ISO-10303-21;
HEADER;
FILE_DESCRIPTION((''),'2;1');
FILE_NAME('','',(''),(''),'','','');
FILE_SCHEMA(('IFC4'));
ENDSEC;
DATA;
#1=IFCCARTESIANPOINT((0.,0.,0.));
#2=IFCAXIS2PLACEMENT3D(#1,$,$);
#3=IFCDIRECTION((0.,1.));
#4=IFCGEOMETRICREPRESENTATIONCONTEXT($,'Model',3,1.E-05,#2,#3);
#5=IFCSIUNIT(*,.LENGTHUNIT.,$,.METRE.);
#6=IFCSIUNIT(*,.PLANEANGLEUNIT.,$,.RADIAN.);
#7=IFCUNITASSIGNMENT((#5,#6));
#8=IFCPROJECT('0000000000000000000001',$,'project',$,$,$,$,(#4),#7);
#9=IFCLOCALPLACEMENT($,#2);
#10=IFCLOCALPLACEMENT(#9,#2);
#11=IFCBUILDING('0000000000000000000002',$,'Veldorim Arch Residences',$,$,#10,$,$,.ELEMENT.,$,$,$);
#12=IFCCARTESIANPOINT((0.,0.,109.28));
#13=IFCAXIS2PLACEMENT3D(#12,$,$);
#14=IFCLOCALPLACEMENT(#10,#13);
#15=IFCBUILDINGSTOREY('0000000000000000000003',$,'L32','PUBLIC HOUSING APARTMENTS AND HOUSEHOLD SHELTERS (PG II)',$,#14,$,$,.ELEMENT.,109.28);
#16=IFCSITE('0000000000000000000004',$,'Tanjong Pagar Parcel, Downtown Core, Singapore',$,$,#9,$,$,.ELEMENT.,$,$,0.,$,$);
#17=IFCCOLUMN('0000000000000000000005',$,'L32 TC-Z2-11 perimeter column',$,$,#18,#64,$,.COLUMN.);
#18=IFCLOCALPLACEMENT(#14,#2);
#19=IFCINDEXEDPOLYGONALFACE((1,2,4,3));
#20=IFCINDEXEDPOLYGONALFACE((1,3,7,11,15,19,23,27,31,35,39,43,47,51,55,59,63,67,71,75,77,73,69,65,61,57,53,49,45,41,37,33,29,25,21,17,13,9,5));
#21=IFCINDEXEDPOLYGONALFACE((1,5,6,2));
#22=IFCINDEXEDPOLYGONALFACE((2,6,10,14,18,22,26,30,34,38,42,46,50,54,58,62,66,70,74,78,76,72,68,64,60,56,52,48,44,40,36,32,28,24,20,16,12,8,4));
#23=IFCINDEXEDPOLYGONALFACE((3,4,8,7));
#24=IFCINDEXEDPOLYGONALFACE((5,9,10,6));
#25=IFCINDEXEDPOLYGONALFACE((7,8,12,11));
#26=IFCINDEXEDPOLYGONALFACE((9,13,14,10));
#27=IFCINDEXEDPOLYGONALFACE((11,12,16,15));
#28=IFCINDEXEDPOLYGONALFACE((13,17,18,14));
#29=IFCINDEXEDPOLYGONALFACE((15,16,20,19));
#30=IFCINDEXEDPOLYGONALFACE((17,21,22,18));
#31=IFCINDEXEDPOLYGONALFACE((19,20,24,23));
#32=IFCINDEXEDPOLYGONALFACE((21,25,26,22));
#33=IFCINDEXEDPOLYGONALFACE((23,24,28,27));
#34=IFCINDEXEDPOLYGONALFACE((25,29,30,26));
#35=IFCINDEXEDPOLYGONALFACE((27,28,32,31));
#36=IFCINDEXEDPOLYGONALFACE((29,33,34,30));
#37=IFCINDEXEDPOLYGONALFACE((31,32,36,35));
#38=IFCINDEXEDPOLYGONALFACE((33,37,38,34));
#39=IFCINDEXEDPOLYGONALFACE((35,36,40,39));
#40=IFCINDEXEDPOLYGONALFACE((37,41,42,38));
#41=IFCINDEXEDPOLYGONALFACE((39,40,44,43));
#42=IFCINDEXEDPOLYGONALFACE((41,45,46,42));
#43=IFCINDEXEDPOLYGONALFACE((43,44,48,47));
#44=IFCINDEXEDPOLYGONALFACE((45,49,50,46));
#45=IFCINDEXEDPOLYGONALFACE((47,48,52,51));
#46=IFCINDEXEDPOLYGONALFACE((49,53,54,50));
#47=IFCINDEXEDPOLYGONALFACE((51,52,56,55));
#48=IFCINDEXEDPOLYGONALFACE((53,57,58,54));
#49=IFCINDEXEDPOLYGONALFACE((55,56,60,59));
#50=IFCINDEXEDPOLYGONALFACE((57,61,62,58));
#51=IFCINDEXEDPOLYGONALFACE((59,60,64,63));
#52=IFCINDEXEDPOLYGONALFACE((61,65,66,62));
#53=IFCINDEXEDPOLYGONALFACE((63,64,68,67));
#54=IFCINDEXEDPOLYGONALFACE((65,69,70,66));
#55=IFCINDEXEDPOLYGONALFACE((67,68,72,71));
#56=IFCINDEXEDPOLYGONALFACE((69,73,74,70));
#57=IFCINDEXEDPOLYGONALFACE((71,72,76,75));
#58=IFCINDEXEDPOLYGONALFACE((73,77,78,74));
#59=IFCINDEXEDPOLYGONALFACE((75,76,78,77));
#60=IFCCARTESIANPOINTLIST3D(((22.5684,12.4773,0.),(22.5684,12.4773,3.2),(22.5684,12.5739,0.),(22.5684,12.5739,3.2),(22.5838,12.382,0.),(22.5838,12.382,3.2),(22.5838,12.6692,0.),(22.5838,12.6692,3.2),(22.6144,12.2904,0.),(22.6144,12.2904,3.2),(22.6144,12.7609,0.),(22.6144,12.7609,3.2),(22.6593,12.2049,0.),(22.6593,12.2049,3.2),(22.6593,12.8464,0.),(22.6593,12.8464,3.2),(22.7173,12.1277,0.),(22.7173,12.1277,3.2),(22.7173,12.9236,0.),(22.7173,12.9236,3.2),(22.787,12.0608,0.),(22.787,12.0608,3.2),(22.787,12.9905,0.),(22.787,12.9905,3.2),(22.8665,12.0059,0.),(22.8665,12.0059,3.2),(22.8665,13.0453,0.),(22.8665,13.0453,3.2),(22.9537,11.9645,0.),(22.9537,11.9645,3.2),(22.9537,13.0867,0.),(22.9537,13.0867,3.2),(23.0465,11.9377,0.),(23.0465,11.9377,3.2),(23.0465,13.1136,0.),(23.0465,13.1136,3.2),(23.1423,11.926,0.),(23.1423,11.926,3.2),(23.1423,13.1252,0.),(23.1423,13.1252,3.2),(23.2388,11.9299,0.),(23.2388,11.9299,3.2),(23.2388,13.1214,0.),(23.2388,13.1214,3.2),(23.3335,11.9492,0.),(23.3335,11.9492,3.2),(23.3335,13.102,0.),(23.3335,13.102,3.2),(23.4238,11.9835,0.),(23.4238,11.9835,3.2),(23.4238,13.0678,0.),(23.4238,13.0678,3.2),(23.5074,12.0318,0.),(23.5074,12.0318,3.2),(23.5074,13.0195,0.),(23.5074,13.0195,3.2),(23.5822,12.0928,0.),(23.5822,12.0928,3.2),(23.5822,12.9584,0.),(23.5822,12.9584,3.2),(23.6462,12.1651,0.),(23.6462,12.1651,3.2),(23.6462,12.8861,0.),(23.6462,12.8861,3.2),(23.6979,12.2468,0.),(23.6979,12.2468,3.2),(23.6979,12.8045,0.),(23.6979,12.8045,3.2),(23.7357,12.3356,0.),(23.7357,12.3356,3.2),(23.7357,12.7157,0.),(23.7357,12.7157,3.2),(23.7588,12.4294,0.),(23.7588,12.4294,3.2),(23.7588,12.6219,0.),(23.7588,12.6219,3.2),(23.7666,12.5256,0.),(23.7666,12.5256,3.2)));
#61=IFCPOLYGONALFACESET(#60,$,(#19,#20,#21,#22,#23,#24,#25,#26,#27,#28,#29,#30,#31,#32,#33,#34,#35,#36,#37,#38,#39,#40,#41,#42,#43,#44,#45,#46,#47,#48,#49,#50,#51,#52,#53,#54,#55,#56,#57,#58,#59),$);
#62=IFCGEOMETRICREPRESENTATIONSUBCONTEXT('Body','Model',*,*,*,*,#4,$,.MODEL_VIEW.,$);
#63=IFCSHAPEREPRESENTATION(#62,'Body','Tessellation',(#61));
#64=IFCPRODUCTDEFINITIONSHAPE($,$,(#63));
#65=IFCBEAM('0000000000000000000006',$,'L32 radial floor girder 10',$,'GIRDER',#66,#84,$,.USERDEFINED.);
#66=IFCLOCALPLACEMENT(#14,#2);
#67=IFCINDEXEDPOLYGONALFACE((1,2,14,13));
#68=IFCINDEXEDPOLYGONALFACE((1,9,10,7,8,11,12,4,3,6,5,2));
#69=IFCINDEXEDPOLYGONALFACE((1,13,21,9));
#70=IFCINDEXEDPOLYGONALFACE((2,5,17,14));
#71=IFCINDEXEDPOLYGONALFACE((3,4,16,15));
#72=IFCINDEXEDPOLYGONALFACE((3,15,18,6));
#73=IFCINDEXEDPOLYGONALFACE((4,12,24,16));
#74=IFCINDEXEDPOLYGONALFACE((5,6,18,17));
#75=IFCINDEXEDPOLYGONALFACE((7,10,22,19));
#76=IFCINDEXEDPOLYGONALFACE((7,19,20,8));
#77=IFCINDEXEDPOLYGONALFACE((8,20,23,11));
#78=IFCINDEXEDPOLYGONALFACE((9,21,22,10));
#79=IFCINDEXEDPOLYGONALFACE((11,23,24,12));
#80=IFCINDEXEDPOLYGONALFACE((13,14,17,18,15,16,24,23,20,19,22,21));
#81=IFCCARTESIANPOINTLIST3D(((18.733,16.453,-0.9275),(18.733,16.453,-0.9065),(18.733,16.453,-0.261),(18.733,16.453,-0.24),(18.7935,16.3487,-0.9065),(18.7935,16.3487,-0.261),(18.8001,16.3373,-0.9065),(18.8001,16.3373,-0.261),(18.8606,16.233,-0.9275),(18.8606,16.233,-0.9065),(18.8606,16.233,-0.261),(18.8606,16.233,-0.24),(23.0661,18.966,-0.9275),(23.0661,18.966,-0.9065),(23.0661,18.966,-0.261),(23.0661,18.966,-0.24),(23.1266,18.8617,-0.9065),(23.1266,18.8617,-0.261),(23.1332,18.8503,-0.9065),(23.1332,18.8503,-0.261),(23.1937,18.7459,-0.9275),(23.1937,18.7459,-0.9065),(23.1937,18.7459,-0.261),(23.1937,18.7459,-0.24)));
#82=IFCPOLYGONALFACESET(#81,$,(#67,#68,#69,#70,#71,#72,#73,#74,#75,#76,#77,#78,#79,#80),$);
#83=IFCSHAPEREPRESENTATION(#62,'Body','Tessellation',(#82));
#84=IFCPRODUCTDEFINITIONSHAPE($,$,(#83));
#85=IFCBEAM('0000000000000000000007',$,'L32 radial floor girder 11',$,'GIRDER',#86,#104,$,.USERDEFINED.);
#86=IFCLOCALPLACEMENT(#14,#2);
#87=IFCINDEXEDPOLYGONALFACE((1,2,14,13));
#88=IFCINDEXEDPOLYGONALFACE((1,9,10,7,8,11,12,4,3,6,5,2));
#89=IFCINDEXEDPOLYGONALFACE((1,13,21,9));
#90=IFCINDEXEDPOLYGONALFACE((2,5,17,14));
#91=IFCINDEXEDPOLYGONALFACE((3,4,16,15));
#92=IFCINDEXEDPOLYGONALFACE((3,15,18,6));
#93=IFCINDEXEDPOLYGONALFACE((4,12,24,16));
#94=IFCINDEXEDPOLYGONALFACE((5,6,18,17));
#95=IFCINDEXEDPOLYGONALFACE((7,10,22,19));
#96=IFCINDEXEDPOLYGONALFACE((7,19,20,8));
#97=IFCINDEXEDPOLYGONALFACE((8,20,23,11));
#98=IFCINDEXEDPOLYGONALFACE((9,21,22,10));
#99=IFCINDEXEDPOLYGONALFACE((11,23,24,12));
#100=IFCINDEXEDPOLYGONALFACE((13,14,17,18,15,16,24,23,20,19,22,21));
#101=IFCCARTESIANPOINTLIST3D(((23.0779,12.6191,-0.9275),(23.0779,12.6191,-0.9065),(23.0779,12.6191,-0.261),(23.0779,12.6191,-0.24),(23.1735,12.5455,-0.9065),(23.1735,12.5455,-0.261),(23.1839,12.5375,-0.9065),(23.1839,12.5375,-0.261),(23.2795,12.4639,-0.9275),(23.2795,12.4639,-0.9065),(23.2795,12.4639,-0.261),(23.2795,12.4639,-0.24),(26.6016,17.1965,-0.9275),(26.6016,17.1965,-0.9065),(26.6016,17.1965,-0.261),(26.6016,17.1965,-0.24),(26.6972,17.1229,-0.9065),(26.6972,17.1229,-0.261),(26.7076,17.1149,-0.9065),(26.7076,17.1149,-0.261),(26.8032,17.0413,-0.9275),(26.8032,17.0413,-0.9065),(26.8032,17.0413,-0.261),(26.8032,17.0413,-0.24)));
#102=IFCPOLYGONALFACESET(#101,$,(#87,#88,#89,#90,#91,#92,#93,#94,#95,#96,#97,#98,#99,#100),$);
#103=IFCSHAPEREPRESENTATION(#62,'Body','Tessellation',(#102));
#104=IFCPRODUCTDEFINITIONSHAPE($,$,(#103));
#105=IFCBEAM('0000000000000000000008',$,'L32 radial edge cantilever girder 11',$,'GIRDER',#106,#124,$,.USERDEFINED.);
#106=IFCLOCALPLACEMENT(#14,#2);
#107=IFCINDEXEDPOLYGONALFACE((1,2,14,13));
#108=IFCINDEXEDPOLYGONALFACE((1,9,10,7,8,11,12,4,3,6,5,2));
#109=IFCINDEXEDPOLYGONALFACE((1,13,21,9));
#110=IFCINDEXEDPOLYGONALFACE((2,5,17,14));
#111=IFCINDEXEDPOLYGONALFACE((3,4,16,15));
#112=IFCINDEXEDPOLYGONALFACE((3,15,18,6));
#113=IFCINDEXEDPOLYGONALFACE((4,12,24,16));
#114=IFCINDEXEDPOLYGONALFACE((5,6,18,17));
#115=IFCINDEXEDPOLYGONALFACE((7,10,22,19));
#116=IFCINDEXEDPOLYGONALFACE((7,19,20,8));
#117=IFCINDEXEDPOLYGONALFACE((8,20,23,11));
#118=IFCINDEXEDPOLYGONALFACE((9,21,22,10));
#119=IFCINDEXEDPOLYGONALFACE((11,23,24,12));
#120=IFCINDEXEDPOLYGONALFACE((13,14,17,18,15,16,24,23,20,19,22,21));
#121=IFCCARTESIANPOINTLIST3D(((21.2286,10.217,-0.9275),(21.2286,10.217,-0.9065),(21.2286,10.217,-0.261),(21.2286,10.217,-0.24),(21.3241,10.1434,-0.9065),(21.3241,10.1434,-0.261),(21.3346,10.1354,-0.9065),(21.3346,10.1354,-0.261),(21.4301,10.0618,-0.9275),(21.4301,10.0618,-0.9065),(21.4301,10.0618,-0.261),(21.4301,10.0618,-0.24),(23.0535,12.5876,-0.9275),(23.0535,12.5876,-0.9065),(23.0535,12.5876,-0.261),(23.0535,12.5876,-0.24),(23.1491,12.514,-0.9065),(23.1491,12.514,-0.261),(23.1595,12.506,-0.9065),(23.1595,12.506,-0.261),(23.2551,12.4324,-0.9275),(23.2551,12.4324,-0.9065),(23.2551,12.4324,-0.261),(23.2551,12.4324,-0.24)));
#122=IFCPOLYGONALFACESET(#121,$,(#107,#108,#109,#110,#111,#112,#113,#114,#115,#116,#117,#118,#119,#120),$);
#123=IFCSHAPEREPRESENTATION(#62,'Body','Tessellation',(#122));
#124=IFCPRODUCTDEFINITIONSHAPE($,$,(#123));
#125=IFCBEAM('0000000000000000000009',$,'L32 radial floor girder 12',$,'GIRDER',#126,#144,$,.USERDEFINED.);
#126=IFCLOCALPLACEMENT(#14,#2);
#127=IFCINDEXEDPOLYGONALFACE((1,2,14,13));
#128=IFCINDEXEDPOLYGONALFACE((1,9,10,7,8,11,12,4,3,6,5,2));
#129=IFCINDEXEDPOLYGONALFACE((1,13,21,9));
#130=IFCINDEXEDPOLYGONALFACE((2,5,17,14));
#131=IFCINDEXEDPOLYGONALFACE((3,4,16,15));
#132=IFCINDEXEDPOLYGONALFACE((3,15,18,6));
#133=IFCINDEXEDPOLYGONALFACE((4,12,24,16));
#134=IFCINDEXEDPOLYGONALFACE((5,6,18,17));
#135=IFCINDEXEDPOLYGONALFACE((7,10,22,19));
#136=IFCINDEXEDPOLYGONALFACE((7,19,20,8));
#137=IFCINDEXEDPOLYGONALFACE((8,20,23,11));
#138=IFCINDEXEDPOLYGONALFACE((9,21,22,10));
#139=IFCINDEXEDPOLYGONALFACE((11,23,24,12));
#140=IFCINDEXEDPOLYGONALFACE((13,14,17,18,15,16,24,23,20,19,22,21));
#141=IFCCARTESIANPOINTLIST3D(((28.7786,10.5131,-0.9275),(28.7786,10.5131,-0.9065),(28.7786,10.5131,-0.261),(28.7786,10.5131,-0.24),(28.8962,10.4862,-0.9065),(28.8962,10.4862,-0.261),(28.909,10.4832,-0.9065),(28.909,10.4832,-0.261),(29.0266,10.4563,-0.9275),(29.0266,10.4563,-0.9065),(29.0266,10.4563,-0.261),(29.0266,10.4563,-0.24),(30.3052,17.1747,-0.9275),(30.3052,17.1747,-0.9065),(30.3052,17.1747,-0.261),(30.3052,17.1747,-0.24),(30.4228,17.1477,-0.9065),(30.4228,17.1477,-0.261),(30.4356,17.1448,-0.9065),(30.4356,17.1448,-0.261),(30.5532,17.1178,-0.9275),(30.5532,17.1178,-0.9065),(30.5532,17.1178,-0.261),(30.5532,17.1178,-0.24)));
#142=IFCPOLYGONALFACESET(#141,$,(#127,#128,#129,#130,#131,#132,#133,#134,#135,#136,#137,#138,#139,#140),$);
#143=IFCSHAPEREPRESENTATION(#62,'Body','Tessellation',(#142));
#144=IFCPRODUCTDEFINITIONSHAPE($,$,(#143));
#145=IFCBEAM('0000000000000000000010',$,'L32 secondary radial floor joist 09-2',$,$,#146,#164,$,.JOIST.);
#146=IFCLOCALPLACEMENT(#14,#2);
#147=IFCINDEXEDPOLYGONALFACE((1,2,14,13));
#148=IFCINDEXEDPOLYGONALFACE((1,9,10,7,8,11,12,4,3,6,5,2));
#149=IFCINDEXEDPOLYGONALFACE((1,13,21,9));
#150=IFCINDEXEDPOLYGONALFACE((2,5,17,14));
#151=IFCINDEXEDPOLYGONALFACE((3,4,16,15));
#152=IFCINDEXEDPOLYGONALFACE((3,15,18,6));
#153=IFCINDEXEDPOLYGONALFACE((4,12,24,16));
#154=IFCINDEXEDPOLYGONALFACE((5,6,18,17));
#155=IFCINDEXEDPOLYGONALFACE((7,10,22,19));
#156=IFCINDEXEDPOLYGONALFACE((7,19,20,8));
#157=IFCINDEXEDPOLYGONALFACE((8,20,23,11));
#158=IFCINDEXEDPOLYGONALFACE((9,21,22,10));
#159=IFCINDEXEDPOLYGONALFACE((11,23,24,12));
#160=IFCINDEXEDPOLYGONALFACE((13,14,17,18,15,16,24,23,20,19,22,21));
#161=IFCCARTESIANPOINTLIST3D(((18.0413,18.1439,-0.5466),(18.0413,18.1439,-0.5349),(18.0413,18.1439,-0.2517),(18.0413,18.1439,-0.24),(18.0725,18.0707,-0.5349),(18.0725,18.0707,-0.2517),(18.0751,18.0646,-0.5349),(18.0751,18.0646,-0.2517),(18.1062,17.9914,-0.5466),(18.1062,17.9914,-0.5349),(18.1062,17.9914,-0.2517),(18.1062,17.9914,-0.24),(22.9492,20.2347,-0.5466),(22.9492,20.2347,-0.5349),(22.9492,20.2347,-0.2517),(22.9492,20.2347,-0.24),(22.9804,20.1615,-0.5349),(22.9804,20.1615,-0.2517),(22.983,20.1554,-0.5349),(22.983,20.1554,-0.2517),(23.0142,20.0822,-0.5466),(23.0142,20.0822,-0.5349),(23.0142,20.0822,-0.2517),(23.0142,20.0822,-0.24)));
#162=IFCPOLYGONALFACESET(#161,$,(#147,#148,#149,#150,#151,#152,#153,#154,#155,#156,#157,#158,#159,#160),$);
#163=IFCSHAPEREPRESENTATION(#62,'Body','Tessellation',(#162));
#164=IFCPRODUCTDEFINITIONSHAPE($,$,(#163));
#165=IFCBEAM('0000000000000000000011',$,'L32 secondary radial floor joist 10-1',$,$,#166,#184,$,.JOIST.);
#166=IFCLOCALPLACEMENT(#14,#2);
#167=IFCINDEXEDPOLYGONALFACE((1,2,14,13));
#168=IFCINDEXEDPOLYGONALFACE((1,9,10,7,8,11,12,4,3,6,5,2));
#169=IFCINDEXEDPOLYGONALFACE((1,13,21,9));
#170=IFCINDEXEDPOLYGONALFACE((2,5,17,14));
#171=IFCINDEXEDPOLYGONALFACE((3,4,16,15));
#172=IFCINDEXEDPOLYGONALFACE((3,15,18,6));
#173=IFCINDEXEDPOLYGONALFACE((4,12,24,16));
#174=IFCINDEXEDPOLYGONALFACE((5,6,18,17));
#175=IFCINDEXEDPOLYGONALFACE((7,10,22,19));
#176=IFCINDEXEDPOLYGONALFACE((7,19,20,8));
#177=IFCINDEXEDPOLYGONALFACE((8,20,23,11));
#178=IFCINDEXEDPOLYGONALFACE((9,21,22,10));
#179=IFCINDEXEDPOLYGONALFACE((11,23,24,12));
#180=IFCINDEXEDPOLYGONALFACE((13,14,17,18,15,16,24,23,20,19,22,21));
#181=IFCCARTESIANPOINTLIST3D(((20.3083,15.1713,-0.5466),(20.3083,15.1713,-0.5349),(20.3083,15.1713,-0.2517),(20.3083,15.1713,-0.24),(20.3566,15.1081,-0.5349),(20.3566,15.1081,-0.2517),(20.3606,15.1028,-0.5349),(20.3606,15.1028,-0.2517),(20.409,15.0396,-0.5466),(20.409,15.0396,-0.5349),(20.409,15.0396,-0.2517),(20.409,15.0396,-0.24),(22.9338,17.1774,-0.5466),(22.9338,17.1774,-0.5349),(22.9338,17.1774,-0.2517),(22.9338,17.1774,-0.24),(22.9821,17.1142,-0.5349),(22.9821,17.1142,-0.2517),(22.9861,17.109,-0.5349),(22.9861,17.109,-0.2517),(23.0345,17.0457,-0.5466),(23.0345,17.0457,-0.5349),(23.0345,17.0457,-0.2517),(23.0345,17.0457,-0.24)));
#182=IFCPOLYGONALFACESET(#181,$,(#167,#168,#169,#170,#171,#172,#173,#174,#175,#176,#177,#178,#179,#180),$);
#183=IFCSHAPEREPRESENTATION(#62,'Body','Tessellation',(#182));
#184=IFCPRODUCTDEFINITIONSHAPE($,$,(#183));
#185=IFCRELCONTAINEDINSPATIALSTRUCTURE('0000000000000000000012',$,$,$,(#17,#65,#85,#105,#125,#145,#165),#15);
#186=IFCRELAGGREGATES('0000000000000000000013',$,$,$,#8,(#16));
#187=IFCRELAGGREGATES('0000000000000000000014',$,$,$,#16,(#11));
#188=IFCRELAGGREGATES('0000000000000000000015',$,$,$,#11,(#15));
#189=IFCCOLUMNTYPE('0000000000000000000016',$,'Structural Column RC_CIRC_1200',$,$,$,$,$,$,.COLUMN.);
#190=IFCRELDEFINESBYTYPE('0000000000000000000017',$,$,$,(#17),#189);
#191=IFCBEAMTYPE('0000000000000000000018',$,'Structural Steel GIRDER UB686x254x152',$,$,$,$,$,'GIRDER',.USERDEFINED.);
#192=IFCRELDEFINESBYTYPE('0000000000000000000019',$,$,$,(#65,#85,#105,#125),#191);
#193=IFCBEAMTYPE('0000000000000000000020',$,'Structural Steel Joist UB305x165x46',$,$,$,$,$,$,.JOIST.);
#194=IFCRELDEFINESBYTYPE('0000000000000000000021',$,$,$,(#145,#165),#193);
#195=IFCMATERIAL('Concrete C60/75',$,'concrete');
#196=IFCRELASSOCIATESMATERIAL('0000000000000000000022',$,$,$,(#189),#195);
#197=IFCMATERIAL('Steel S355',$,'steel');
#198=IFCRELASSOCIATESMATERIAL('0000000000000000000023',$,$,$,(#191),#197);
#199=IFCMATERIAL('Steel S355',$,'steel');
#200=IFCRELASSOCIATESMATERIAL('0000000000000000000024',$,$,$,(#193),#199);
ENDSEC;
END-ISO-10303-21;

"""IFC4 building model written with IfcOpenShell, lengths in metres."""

from ifc_helpers import new_model, si_unit, direction, frame, origin, origin_2d, place, context, subcontext, project, spatial, circle, i_section, extrude, material, material_profile, profile_set, type_object, element, save


model = new_model("IFC4")

# Units and contexts
model_context = context("Model", 3, precision=1e-05, world=origin(), true_north=direction((0.0, 1.0)))
body_context = subcontext(model_context, "Body", "Model", "MODEL_VIEW")
ifc_project = project(units=[si_unit("LENGTHUNIT", "METRE"), si_unit("PLANEANGLEUNIT", "RADIAN")], contexts=[model_context])

# Site, building, storey
site_placement = place(None, origin())
site = spatial("IfcSite", under=ifc_project, at=site_placement, Name="Tanjong Pagar Parcel, Downtown Core, Singapore", CompositionType="ELEMENT", RefElevation=0.0)
building_placement = place(site_placement, origin())
building = spatial("IfcBuilding", under=site, at=building_placement, Name="Veldorim Arch Residences", CompositionType="ELEMENT")
storey_placement = place(building_placement, frame((0.0, 0.0, 109.28)))
storey = spatial("IfcBuildingStorey", under=building, at=storey_placement, Name="L32", Description="PUBLIC HOUSING APARTMENTS AND HOUSEHOLD SHELTERS (PG II)", CompositionType="ELEMENT", Elevation=109.28)

# Column
ifc_material_1 = material(Name="Concrete C60/75", Category="concrete")
ifc_material_profile_1 = material_profile(ifc_material_1, circle(Radius=0.6001, at=origin_2d()), Name="RC_CIRC_1200")
ifc_profile_set_1 = profile_set([ifc_material_profile_1], Name="Concrete C60/75")
column_type = type_object("IfcColumnType", Name="Structural Column RC_CIRC_1200", PredefinedType="COLUMN", material=ifc_profile_set_1)
column_placement = place(storey_placement, frame((23.1665, 12.5256, 0.0), z_axis=(0.0, 0.0, 1.0), x_axis=(1.0, 0.0, 0.0)))
element("IfcColumn", 1, at=column_placement, inside=storey, type_object=column_type, Name="L32 TC-Z2-11 perimeter column", PredefinedType="COLUMN", context=body_context, shape_type="SweptSolid", body=[
    extrude(circle(Radius=0.6001, at=origin_2d()), origin(), (0.0, 0.0, 1.0), 3.2),
])

# Beams
ifc_material_2 = material(Name="Steel S355", Category="steel")
ifc_material_profile_2 = material_profile(ifc_material_2, i_section(OverallWidth=0.2544, OverallDepth=0.6875, WebThickness=0.0132, FlangeThickness=0.021, at=origin_2d()), Name="UB686x254x152")
ifc_profile_set_2 = profile_set([ifc_material_profile_2], Name="Steel S355")
beam_type_1 = type_object("IfcBeamType", Name="Structural Steel GIRDER UB686x254x152", ElementType="GIRDER", PredefinedType="USERDEFINED", material=ifc_profile_set_2)
beam_1_placement = place(storey_placement, frame((23.1299, 18.856, -0.5837), z_axis=(-0.865049, -0.501687, 0.0), x_axis=(0.501687, -0.865049, 0.0)))
element("IfcBeam", 2, at=beam_1_placement, inside=storey, type_object=beam_type_1, Name="L32 radial floor girder 10", ObjectType="GIRDER", PredefinedType="USERDEFINED", context=body_context, shape_type="SweptSolid", body=[
    extrude(i_section(OverallWidth=0.2544, OverallDepth=0.6875, WebThickness=0.0132, FlangeThickness=0.021, at=origin_2d()), origin(), (0.0, 0.0, 1.0), 5.009),
])
beam_2_placement = place(storey_placement, frame((26.7024, 17.1189, -0.5837), z_axis=(-0.609995, -0.792406, 0.0), x_axis=(0.792406, -0.609995, 0.0)))
element("IfcBeam", 3, at=beam_2_placement, inside=storey, type_object=beam_type_1, Name="L32 radial floor girder 11", ObjectType="GIRDER", PredefinedType="USERDEFINED", context=body_context, shape_type="SweptSolid", body=[
    extrude(i_section(OverallWidth=0.2544, OverallDepth=0.6875, WebThickness=0.0132, FlangeThickness=0.021, at=origin_2d()), origin(), (0.0, 0.0, 1.0), 5.7766),
])
beam_3_placement = place(storey_placement, frame((23.1543, 12.51, -0.5837), z_axis=(-0.610007, -0.792396, 0.0), x_axis=(0.792396, -0.610007, 0.0)))
element("IfcBeam", 4, at=beam_3_placement, inside=storey, type_object=beam_type_1, Name="L32 radial edge cantilever girder 11", ObjectType="GIRDER", PredefinedType="USERDEFINED", context=body_context, shape_type="SweptSolid", body=[
    extrude(i_section(OverallWidth=0.2544, OverallDepth=0.6875, WebThickness=0.0132, FlangeThickness=0.021, at=origin_2d()), origin(), (0.0, 0.0, 1.0), 2.9917),
])
beam_4_placement = place(storey_placement, frame((30.4292, 17.1462, -0.5837), z_axis=(-0.223375, -0.974733, 0.0), x_axis=(0.974733, -0.223375, 0.0)))
element("IfcBeam", 5, at=beam_4_placement, inside=storey, type_object=beam_type_1, Name="L32 radial floor girder 12", ObjectType="GIRDER", PredefinedType="USERDEFINED", context=body_context, shape_type="SweptSolid", body=[
    extrude(i_section(OverallWidth=0.2544, OverallDepth=0.6875, WebThickness=0.0132, FlangeThickness=0.021, at=origin_2d()), origin(), (0.0, 0.0, 1.0), 6.8342),
])
ifc_material_3 = material(Name="Steel S355", Category="steel")
ifc_material_profile_3 = material_profile(ifc_material_3, i_section(OverallWidth=0.1658, OverallDepth=0.3066, WebThickness=0.0066, FlangeThickness=0.0117, at=origin_2d()), Name="UB305x165x46")
ifc_profile_set_3 = profile_set([ifc_material_profile_3], Name="Steel S355")
beam_type_2 = type_object("IfcBeamType", Name="Structural Steel Joist UB305x165x46", PredefinedType="JOIST", material=ifc_profile_set_3)
beam_5_placement = place(storey_placement, frame((22.9817, 20.1584, -0.3933), z_axis=(-0.919997, -0.391924, 0.0), x_axis=(0.391924, -0.919997, 0.0)))
element("IfcBeam", 6, at=beam_5_placement, inside=storey, type_object=beam_type_2, Name="L32 secondary radial floor joist 09-2", PredefinedType="JOIST", context=body_context, shape_type="SweptSolid", body=[
    extrude(i_section(OverallWidth=0.1658, OverallDepth=0.3066, WebThickness=0.0066, FlangeThickness=0.0117, at=origin_2d()), origin(), (0.0, 0.0, 1.0), 5.3347),
])
beam_6_placement = place(storey_placement, frame((22.9841, 17.1116, -0.3933), z_axis=(-0.794595, -0.60714, 0.0), x_axis=(0.60714, -0.794595, 0.0)))
element("IfcBeam", 7, at=beam_6_placement, inside=storey, type_object=beam_type_2, Name="L32 secondary radial floor joist 10-1", PredefinedType="JOIST", context=body_context, shape_type="SweptSolid", body=[
    extrude(i_section(OverallWidth=0.1658, OverallDepth=0.3066, WebThickness=0.0066, FlangeThickness=0.0117, at=origin_2d()), origin(), (0.0, 0.0, 1.0), 3.3042),
])

save(model, "model.ifc")
